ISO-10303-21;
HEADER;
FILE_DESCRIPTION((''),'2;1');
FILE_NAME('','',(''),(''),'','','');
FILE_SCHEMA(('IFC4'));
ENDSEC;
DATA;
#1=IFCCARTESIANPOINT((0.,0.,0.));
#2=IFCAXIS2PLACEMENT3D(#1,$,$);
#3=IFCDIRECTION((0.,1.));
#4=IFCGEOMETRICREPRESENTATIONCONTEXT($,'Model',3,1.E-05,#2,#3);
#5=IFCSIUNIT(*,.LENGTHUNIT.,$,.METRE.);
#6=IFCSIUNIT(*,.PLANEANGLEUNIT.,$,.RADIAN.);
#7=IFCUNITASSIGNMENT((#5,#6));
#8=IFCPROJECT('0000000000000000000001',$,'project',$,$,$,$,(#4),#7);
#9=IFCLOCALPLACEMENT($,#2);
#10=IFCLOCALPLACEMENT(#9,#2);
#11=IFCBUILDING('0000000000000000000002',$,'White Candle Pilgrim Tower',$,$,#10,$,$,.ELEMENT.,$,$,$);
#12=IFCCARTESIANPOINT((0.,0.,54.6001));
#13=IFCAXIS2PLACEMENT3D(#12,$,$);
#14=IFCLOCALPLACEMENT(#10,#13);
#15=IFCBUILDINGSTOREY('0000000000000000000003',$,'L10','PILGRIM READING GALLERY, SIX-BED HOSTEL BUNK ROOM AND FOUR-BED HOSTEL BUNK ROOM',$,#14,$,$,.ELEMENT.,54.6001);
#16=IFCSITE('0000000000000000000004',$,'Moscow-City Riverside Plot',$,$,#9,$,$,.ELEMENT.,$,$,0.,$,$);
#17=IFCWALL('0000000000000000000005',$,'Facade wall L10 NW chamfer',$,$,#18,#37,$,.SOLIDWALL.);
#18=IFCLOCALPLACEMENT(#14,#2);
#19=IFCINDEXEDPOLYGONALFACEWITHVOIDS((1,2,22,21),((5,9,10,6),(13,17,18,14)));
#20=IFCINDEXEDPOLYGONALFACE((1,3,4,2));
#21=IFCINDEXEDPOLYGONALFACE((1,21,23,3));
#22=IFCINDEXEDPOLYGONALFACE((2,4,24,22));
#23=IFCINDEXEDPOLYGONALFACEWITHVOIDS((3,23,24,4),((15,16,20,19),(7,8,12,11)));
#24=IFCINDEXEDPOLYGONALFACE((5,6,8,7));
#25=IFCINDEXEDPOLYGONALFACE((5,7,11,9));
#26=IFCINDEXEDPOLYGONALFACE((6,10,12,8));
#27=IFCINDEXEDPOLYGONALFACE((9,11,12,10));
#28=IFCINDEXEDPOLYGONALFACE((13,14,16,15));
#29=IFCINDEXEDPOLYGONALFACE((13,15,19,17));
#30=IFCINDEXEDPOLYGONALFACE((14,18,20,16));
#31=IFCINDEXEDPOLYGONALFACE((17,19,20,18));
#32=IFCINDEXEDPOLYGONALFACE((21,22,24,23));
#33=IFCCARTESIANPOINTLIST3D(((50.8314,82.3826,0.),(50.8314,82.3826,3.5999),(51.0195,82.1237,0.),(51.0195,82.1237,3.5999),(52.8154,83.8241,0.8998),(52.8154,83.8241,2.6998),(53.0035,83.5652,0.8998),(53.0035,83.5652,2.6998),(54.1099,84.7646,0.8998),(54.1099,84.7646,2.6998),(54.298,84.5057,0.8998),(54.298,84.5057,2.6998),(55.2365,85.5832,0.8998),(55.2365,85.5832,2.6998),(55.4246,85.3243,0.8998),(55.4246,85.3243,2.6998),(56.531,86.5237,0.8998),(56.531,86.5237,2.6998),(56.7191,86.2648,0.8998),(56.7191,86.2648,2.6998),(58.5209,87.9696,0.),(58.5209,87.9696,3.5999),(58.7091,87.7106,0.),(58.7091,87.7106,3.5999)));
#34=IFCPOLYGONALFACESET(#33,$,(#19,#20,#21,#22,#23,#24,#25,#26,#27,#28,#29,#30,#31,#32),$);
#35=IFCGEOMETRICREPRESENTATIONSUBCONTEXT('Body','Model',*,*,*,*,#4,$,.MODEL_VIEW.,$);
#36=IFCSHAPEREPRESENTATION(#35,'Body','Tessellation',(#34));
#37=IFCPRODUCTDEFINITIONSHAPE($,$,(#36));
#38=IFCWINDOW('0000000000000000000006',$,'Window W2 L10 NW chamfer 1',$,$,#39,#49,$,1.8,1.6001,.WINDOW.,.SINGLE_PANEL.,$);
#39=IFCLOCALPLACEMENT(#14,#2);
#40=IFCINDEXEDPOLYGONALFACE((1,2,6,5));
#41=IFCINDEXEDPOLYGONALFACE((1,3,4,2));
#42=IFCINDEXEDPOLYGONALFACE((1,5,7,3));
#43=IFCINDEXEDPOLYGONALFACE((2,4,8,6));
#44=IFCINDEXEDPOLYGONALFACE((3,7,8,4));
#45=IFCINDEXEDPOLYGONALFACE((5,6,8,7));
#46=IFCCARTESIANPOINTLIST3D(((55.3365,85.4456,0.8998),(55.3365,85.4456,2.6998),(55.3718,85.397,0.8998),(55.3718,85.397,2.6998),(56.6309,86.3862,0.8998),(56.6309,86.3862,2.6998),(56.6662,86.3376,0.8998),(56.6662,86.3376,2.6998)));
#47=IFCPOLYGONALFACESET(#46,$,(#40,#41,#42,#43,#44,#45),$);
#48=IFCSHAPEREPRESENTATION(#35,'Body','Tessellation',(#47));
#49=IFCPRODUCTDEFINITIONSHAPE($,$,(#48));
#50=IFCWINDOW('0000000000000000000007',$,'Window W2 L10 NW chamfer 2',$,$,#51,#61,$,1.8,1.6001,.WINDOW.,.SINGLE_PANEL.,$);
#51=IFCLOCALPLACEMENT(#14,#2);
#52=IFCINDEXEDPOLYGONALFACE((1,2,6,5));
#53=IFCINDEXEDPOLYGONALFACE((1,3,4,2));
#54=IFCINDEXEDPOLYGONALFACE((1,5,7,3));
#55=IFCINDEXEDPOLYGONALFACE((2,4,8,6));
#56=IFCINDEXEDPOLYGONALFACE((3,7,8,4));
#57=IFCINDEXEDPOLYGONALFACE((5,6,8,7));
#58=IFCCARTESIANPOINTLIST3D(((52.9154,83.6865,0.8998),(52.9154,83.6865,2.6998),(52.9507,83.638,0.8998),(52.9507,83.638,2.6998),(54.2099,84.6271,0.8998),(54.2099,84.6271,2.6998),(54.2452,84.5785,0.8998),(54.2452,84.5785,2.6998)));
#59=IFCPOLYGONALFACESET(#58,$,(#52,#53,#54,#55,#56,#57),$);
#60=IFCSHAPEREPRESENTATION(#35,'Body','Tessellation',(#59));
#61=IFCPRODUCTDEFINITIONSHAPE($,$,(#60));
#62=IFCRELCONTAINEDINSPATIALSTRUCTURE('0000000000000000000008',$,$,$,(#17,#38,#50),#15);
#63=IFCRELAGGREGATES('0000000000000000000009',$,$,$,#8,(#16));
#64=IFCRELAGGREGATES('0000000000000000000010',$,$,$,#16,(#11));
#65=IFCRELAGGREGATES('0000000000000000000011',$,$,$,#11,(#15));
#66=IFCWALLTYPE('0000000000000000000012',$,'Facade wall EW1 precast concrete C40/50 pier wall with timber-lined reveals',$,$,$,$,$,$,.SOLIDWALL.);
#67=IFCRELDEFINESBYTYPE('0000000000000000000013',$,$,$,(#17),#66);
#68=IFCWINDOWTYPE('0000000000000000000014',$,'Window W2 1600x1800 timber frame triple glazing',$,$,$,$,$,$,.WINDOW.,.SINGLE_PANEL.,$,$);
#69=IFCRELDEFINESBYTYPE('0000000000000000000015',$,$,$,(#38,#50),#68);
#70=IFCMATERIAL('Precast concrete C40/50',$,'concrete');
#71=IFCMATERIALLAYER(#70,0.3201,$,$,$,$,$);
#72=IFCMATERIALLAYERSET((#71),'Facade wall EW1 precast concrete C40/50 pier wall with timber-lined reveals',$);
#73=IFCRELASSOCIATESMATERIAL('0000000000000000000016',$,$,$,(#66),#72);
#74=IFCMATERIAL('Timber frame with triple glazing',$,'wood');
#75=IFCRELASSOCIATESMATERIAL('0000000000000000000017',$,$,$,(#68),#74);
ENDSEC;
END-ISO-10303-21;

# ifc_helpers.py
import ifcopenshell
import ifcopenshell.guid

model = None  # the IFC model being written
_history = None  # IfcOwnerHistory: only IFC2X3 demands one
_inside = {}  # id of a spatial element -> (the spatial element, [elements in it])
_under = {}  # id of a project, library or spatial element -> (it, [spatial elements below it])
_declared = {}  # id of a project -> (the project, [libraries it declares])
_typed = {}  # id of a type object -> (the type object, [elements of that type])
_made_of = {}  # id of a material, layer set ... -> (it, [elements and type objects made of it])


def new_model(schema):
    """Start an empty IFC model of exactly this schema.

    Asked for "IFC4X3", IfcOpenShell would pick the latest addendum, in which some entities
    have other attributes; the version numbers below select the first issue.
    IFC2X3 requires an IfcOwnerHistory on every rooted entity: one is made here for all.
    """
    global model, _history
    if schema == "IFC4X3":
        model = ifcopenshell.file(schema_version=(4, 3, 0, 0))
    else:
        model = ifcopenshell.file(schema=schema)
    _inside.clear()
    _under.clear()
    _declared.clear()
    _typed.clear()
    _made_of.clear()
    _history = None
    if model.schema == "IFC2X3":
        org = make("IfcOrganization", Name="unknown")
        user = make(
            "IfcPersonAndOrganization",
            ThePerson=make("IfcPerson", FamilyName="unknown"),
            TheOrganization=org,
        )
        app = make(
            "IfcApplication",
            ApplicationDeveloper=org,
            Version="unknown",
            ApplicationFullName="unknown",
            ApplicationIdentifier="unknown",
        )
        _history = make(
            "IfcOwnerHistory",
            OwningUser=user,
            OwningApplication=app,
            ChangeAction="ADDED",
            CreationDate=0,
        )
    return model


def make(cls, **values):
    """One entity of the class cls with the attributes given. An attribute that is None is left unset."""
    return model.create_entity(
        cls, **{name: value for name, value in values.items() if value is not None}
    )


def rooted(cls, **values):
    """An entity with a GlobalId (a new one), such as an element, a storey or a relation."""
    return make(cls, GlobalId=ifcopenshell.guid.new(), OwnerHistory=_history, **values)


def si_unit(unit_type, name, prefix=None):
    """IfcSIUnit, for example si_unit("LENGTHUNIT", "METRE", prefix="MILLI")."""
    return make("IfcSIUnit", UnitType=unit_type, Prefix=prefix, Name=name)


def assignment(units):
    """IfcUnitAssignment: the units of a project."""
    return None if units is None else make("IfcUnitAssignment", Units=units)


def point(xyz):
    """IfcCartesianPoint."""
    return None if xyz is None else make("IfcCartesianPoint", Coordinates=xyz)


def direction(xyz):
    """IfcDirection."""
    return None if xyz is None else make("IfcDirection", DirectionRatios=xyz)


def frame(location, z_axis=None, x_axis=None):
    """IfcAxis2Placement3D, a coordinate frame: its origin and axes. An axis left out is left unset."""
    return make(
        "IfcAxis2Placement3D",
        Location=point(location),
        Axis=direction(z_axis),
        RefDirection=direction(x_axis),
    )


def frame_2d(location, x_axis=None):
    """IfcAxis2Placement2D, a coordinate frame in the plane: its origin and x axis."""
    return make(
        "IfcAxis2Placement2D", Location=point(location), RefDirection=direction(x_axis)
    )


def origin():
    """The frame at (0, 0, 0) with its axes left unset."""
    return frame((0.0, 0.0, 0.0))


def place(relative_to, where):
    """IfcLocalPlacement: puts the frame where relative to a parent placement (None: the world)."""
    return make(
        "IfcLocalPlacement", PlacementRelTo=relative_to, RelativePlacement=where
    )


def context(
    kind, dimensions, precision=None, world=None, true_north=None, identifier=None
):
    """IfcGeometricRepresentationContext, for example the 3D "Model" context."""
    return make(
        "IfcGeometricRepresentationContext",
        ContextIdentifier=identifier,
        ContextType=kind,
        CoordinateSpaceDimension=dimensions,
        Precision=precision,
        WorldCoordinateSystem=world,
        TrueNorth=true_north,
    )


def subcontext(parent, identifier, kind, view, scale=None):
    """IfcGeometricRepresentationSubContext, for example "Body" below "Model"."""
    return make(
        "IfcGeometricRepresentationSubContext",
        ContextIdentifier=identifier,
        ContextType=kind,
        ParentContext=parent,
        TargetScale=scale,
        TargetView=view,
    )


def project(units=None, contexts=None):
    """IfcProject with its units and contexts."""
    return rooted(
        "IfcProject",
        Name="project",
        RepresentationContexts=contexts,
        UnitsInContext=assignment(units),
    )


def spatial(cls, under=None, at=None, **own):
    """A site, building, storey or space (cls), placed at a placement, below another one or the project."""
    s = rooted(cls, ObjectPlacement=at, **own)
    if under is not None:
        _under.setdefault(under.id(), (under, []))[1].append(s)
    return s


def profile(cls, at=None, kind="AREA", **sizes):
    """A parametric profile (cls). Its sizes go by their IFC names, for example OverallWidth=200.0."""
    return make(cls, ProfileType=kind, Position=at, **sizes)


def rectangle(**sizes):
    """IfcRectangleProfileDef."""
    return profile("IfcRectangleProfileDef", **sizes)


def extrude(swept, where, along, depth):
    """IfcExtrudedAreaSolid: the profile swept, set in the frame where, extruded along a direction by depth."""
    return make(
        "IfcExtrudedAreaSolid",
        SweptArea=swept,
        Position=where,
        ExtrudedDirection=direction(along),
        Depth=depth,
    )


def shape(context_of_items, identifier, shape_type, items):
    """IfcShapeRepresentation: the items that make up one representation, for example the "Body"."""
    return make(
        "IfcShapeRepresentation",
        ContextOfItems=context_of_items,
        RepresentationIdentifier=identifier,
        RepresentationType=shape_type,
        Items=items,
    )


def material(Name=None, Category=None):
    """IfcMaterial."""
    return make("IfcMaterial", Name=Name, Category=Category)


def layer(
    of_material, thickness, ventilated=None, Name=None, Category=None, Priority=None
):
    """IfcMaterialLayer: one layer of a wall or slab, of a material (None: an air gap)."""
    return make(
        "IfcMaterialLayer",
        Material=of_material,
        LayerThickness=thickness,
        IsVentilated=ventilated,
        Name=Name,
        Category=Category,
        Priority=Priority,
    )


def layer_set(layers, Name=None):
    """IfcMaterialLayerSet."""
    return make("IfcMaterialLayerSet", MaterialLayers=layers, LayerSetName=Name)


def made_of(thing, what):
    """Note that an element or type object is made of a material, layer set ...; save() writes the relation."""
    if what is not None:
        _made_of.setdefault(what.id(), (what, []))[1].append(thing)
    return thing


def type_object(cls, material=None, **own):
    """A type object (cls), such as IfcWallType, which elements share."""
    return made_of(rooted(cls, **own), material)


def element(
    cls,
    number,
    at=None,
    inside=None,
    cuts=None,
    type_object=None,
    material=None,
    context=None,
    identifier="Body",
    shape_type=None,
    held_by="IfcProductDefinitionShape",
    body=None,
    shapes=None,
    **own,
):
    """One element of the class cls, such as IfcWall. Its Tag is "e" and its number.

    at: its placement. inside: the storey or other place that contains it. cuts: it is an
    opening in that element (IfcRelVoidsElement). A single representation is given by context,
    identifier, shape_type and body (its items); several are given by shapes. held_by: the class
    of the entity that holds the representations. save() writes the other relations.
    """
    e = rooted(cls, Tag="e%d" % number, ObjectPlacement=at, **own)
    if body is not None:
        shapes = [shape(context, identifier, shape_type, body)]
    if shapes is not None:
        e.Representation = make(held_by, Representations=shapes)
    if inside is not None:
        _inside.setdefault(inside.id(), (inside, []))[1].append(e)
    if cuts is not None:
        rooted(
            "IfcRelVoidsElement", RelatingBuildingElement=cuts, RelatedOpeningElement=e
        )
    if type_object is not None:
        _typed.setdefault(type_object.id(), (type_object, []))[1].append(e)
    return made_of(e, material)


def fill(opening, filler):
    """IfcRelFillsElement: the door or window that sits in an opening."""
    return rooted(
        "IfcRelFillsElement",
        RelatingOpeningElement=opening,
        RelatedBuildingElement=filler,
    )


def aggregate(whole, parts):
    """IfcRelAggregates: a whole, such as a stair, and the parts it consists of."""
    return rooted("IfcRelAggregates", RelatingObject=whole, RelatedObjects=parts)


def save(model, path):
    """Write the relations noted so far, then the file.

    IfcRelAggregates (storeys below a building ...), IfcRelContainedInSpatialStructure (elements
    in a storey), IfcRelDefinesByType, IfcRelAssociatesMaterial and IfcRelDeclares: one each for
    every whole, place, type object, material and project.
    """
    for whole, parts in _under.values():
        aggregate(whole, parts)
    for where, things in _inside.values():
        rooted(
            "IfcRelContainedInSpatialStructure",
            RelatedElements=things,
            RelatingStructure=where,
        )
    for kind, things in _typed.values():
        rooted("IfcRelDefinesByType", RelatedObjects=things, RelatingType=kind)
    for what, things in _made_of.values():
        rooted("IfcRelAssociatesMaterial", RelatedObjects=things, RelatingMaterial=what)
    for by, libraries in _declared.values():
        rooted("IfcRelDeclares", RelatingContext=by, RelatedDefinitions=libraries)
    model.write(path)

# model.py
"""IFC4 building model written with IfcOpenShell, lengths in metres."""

from ifc_helpers import new_model, si_unit, direction, frame, frame_2d, origin, place, context, subcontext, project, spatial, rectangle, extrude, material, layer, layer_set, type_object, element, fill, save


model = new_model("IFC4")

# Units and contexts
model_context = context("Model", 3, precision=1e-05, world=origin(), true_north=direction((0.0, 1.0)))
body_context = subcontext(model_context, "Body", "Model", "MODEL_VIEW")
ifc_project = project(units=[si_unit("LENGTHUNIT", "METRE"), si_unit("PLANEANGLEUNIT", "RADIAN")], contexts=[model_context])

# Site, building, storey
site_placement = place(None, origin())
site = spatial("IfcSite", under=ifc_project, at=site_placement, Name="Moscow-City Riverside Plot", CompositionType="ELEMENT", RefElevation=0.0)
building_placement = place(site_placement, origin())
building = spatial("IfcBuilding", under=site, at=building_placement, Name="White Candle Pilgrim Tower", CompositionType="ELEMENT")
storey_placement = place(building_placement, frame((0.0, 0.0, 54.6001)))
storey = spatial("IfcBuildingStorey", under=building, at=storey_placement, Name="L10", Description="PILGRIM READING GALLERY, SIX-BED HOSTEL BUNK ROOM AND FOUR-BED HOSTEL BUNK ROOM", CompositionType="ELEMENT", Elevation=54.6001)

# Wall, openings, windows
ifc_material_1 = material(Name="Precast concrete C40/50", Category="concrete")
ifc_layer_1 = layer(ifc_material_1, 0.3201)
ifc_layer_set_1 = layer_set([ifc_layer_1], Name="Facade wall EW1 precast concrete C40/50 pier wall with timber-lined reveals")
wall_type_1 = type_object("IfcWallType", Name="Facade wall EW1 precast concrete C40/50 pier wall with timber-lined reveals", PredefinedType="SOLIDWALL", material=ifc_layer_set_1)
wall_1_placement = place(storey_placement, frame((58.615, 87.8401, 0.0), z_axis=(0.0, 0.0, 1.0), x_axis=(-0.809007, -0.587799, 0.0)))
wall_1 = element("IfcWall", 1, at=wall_1_placement, inside=storey, type_object=wall_type_1, Name="Facade wall L10 NW chamfer", PredefinedType="SOLIDWALL", context=body_context, shape_type="SweptSolid", body=[
    extrude(rectangle(XDim=9.5049, YDim=0.3201, at=frame_2d((4.7524, 0.0))), origin(), (0.0, 0.0, 1.0), 3.5999),
])
opening_1_placement = place(wall_1_placement, frame((2.4597, 0.0, 0.8999)))
opening_1 = element("IfcOpeningElement", 2, at=opening_1_placement, cuts=wall_1, PredefinedType="OPENING", context=body_context, shape_type="SweptSolid", body=[
    extrude(rectangle(XDim=1.6001, YDim=1.8, at=frame_2d((0.8, 0.8999))), frame((0.0, 0.1699, 0.0), z_axis=(0.0, -1.0, 0.0), x_axis=(1.0, 0.0, 0.0)), (0.0, 0.0, 1.0), 0.3401),
])
opening_2_placement = place(wall_1_placement, frame((5.4524, 0.0, 0.8999)))
opening_2 = element("IfcOpeningElement", 3, at=opening_2_placement, cuts=wall_1, PredefinedType="OPENING", context=body_context, shape_type="SweptSolid", body=[
    extrude(rectangle(XDim=1.6001, YDim=1.8, at=frame_2d((0.8, 0.8999))), frame((0.0, 0.1699, 0.0), z_axis=(0.0, -1.0, 0.0), x_axis=(1.0, 0.0, 0.0)), (0.0, 0.0, 1.0), 0.3401),
])
ifc_material_2 = material(Name="Timber frame with triple glazing", Category="wood")
window_type_1 = type_object("IfcWindowType", Name="Window W2 1600x1800 timber frame triple glazing", PartitioningType="SINGLE_PANEL", PredefinedType="WINDOW", material=ifc_material_2)
window_1_placement = place(opening_1_placement, origin())
window_1 = element("IfcWindow", 4, at=window_1_placement, inside=storey, type_object=window_type_1, Name="Window W2 L10 NW chamfer 1", OverallHeight=1.8, OverallWidth=1.6001, PartitioningType="SINGLE_PANEL", PredefinedType="WINDOW", context=body_context, shape_type="SweptSolid", body=[
    extrude(rectangle(XDim=1.6001, YDim=1.8, at=frame_2d((0.8, 0.8999))), frame((0.0, 0.0701, 0.0), z_axis=(0.0, -1.0, 0.0), x_axis=(1.0, 0.0, 0.0)), (0.0, 0.0, 1.0), 0.0601),
])
fill(opening_1, window_1)
window_2_placement = place(opening_2_placement, origin())
window_2 = element("IfcWindow", 5, at=window_2_placement, inside=storey, type_object=window_type_1, Name="Window W2 L10 NW chamfer 2", OverallHeight=1.8, OverallWidth=1.6001, PartitioningType="SINGLE_PANEL", PredefinedType="WINDOW", context=body_context, shape_type="SweptSolid", body=[
    extrude(rectangle(XDim=1.6001, YDim=1.8, at=frame_2d((0.8, 0.8999))), frame((0.0, 0.0701, 0.0), z_axis=(0.0, -1.0, 0.0), x_axis=(1.0, 0.0, 0.0)), (0.0, 0.0, 1.0), 0.0601),
])
fill(opening_2, window_2)

save(model, "model.ifc")
